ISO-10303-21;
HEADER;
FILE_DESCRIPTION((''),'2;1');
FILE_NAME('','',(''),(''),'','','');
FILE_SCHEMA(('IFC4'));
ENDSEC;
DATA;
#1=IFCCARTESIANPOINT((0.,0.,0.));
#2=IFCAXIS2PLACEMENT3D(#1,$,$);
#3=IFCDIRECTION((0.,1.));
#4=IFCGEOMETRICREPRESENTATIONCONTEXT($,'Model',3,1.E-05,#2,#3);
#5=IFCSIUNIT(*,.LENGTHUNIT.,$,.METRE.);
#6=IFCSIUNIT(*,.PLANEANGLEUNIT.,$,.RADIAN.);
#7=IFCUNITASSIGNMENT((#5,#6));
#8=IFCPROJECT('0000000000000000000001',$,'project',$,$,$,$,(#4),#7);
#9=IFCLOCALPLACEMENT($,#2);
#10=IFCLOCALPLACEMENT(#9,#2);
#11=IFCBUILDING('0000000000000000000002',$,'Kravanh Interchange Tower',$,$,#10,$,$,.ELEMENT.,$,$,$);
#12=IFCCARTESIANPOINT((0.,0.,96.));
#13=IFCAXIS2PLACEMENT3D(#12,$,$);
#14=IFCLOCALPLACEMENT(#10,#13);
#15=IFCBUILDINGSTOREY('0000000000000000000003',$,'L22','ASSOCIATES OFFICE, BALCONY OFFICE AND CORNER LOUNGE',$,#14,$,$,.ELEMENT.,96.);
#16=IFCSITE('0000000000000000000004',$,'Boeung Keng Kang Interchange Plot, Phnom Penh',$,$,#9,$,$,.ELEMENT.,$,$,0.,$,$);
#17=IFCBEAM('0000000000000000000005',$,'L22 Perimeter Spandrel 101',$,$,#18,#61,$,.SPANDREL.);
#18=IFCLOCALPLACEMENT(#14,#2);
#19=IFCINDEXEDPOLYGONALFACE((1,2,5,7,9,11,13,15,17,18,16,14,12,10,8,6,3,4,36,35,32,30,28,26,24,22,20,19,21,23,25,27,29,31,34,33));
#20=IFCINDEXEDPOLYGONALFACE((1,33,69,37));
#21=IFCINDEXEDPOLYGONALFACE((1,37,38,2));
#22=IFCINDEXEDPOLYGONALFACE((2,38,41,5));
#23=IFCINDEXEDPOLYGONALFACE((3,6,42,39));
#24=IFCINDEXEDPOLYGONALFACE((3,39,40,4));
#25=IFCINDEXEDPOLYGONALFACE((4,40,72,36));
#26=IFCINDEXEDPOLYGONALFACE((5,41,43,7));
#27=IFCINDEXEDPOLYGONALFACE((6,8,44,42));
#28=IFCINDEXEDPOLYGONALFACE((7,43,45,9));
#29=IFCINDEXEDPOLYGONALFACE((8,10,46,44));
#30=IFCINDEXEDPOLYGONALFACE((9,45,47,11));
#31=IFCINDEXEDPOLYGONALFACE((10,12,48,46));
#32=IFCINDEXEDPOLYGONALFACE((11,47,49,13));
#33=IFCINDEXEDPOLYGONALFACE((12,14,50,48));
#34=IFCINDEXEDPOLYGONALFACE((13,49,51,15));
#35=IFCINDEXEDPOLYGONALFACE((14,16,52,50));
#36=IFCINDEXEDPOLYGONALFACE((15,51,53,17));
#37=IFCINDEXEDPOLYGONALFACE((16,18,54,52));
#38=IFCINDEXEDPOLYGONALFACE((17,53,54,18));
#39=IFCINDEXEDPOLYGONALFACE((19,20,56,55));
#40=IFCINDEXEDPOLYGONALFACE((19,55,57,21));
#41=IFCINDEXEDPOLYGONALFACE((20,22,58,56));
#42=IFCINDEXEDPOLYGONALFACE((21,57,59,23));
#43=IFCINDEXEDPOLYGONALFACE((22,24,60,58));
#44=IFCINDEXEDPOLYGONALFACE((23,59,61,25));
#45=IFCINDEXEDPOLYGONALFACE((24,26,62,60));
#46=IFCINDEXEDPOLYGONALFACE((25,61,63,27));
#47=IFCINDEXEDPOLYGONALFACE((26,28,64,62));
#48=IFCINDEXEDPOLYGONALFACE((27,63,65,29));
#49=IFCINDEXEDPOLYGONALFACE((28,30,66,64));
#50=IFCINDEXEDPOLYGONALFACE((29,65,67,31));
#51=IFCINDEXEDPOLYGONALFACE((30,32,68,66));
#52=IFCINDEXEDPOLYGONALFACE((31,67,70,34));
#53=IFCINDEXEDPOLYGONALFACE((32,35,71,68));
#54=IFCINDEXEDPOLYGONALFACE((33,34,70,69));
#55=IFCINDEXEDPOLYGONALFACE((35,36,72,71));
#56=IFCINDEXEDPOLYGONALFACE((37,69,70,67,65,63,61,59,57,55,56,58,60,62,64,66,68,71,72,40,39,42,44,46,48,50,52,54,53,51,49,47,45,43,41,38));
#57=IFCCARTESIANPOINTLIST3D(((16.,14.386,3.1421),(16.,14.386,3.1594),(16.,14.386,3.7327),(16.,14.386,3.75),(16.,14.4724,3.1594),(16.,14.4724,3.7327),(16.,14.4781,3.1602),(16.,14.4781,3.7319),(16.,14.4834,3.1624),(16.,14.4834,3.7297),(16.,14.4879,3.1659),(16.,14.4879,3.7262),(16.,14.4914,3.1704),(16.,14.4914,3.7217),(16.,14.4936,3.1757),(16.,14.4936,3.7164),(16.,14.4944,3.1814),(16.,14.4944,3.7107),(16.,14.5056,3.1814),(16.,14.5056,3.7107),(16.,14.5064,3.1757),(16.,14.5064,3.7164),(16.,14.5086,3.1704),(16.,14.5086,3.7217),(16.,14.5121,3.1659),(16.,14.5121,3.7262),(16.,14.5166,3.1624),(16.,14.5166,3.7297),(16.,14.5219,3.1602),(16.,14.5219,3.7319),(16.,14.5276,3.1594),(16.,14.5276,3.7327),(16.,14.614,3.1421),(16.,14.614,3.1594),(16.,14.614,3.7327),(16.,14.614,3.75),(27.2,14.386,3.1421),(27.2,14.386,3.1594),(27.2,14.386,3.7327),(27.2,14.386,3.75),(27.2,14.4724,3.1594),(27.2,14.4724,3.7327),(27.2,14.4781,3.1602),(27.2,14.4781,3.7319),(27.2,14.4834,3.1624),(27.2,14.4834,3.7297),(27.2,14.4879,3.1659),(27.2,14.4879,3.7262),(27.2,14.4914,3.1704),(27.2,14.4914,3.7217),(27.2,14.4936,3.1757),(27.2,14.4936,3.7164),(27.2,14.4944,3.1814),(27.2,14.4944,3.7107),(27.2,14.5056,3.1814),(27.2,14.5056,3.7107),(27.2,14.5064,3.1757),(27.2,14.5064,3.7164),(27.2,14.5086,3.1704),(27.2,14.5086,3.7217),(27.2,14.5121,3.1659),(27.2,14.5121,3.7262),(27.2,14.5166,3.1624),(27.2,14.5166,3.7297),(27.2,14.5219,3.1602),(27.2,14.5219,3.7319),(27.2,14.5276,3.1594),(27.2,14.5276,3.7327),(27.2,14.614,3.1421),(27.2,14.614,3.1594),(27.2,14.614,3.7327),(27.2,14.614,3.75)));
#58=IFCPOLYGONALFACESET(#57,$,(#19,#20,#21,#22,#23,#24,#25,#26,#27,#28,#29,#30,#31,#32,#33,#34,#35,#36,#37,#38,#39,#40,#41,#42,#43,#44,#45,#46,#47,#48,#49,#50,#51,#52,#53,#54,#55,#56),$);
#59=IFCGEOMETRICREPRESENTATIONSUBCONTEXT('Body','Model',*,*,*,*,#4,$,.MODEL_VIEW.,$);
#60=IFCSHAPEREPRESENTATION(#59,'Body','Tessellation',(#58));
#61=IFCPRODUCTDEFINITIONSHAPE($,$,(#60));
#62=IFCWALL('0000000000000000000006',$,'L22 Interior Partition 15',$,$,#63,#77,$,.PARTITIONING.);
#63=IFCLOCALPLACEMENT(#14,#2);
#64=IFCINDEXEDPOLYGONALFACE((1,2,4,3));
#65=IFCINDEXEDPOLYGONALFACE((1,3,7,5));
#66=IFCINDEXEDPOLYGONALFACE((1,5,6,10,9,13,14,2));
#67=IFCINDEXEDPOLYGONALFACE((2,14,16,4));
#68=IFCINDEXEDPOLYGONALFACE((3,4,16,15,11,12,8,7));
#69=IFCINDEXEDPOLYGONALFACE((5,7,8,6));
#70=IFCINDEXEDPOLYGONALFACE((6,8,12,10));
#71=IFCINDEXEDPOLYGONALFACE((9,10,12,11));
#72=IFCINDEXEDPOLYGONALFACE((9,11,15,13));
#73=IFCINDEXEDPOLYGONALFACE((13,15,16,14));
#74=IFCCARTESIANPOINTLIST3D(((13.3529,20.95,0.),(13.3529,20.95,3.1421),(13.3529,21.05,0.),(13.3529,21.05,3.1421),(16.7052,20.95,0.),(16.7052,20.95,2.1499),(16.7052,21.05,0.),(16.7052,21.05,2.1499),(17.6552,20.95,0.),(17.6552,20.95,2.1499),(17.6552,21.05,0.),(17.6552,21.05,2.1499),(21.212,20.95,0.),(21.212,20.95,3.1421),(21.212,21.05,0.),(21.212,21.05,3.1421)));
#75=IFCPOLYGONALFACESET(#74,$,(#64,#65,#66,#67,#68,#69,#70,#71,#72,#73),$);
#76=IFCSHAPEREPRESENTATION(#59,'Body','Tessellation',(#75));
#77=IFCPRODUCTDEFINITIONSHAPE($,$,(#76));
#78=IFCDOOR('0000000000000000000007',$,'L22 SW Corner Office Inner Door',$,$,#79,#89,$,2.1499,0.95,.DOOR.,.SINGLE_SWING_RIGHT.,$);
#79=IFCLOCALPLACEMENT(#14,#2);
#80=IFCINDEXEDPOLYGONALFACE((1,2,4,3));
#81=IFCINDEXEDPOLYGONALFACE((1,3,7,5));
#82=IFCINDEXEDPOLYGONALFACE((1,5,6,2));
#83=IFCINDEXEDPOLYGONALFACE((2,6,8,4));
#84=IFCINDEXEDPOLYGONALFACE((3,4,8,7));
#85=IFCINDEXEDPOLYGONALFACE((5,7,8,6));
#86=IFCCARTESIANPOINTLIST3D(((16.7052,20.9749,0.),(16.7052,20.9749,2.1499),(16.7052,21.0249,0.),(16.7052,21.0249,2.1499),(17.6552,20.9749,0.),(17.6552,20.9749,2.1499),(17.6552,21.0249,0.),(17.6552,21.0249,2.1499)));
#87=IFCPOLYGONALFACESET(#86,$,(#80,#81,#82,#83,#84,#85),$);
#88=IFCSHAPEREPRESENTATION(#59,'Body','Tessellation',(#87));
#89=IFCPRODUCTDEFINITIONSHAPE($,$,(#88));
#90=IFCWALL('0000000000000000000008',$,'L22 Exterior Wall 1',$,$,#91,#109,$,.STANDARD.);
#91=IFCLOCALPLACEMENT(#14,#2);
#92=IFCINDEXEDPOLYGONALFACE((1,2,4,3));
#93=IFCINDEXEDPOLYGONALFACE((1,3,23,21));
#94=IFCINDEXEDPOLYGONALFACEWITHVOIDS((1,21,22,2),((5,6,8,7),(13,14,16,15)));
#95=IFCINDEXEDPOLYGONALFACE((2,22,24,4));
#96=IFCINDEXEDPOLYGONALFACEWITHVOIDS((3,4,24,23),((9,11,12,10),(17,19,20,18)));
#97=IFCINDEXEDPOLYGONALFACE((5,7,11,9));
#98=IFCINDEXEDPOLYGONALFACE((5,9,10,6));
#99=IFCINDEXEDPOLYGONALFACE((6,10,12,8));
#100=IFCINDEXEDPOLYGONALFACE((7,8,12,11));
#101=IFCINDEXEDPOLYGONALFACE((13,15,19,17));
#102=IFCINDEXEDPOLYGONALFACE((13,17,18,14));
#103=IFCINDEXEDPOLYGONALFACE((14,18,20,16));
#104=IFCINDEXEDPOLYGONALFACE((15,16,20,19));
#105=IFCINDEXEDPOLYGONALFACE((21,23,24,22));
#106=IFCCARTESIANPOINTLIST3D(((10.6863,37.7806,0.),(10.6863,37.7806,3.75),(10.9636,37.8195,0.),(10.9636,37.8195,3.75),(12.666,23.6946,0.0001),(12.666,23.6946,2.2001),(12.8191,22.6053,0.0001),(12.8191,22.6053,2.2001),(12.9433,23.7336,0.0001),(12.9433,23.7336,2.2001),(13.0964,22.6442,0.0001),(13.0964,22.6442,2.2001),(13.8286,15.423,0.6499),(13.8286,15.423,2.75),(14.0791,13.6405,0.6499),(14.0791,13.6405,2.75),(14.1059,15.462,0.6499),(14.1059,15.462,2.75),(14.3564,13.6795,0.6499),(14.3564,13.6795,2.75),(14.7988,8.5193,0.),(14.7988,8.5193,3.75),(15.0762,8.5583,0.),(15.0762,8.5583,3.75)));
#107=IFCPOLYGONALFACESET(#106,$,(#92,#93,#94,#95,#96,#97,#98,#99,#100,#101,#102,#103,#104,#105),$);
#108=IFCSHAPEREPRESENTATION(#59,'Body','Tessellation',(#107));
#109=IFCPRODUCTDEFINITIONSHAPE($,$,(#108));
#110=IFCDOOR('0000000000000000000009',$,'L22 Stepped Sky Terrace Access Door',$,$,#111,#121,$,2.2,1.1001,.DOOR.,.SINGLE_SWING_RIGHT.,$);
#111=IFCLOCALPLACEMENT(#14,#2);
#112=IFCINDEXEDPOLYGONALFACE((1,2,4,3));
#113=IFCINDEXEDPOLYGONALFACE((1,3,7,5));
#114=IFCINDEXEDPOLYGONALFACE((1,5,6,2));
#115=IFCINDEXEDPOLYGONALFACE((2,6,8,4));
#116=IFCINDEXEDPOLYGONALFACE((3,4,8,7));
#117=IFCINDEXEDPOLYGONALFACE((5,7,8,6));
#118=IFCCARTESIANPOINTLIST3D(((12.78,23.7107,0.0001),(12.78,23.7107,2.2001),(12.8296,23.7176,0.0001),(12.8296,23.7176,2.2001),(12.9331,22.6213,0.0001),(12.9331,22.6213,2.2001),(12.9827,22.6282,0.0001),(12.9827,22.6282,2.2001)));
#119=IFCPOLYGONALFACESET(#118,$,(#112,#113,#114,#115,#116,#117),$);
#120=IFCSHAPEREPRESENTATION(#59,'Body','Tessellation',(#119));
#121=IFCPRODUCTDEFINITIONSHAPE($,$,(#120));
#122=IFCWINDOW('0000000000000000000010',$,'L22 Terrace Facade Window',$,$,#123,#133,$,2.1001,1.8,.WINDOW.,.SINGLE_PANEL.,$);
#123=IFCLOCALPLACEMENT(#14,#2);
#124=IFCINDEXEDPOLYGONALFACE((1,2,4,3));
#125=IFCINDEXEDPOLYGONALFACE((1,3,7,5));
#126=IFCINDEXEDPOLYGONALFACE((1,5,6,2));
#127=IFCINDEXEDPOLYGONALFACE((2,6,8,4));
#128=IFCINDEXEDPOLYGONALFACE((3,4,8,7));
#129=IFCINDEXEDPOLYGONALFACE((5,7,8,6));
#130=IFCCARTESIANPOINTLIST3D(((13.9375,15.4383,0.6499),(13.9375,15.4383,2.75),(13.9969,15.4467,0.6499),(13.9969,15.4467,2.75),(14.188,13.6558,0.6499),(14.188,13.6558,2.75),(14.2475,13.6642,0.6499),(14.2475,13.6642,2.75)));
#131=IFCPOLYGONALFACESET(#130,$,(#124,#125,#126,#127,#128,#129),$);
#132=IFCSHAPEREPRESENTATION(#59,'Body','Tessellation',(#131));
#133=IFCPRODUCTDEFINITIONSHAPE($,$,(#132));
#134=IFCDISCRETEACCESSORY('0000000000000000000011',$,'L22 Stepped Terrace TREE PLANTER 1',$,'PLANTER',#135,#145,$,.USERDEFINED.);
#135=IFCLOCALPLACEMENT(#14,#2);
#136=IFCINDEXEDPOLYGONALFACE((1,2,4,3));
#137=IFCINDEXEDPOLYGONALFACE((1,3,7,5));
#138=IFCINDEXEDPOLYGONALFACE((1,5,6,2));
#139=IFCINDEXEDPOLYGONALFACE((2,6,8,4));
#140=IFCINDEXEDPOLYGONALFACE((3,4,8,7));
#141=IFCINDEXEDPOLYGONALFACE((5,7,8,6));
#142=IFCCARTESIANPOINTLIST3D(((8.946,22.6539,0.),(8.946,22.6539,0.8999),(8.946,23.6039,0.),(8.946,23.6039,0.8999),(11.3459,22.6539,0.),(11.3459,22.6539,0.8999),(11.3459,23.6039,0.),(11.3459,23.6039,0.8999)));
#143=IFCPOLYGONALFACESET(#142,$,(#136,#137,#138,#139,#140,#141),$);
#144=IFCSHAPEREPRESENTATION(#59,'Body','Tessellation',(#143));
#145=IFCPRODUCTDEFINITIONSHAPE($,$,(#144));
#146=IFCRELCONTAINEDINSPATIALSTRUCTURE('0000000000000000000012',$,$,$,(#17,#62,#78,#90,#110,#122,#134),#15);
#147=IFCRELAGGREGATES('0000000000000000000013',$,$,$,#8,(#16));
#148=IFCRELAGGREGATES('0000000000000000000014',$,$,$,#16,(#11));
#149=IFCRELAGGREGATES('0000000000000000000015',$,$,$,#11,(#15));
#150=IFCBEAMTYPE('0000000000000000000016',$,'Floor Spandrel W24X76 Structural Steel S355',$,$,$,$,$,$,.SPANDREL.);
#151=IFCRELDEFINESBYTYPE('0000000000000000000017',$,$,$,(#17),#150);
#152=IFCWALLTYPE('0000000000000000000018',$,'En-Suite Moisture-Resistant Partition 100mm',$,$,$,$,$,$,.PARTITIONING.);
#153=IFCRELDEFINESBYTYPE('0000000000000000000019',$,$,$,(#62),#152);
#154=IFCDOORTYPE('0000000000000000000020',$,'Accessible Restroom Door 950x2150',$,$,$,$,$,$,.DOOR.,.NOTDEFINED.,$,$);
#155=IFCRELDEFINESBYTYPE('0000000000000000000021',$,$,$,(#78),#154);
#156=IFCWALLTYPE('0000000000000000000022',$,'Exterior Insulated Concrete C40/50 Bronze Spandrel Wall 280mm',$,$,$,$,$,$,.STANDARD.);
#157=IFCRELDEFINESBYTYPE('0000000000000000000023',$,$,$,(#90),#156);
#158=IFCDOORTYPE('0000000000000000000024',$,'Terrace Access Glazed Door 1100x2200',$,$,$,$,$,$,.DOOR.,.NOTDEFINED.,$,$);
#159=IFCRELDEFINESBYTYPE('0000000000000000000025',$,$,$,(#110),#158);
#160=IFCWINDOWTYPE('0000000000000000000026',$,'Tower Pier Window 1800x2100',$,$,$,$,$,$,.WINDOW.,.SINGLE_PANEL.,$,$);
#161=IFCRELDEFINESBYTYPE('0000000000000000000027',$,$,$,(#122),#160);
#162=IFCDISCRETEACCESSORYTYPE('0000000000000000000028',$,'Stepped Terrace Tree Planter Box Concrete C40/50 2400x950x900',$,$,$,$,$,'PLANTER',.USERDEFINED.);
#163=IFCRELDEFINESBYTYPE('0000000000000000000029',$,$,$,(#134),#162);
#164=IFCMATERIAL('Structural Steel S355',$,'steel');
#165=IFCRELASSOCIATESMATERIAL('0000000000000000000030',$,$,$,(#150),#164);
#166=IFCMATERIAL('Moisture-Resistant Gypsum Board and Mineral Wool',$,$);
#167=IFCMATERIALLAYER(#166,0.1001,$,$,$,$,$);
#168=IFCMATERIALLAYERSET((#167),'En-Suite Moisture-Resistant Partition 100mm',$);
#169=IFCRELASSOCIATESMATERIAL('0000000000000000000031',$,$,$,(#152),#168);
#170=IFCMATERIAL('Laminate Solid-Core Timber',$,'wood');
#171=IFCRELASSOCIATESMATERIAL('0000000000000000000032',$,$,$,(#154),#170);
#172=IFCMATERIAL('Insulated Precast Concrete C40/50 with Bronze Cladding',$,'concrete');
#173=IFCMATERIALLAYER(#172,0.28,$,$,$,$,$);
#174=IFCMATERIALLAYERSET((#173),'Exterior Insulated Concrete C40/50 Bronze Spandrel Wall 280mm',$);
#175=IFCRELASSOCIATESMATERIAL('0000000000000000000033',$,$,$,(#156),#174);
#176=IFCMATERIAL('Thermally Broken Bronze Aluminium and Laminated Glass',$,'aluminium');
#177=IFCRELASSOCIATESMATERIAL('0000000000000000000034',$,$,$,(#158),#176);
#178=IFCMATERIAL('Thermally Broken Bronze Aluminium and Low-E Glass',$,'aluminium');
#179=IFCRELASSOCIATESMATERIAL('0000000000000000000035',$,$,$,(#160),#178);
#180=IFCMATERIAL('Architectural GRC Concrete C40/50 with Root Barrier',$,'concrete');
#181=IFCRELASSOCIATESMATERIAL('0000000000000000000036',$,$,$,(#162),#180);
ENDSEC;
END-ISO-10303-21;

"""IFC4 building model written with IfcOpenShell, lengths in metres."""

from ifc_helpers import new_model, si_unit, direction, frame, frame_2d, origin, origin_2d, place, context, subcontext, project, spatial, rectangle, i_section, extrude, material, layer, layer_set, material_profile, profile_set, type_object, element, fill, save


model = new_model("IFC4")

# Units and contexts
model_context = context("Model", 3, precision=1e-05, world=origin(), true_north=direction((0.0, 1.0)))
body_context = subcontext(model_context, "Body", "Model", "MODEL_VIEW")
ifc_project = project(units=[si_unit("LENGTHUNIT", "METRE"), si_unit("PLANEANGLEUNIT", "RADIAN")], contexts=[model_context])

# Site, building, storey
site_placement = place(None, origin())
site = spatial("IfcSite", under=ifc_project, at=site_placement, Name="Boeung Keng Kang Interchange Plot, Phnom Penh", CompositionType="ELEMENT", RefElevation=0.0)
building_placement = place(site_placement, origin())
building = spatial("IfcBuilding", under=site, at=building_placement, Name="Kravanh Interchange Tower", CompositionType="ELEMENT")
storey_placement = place(building_placement, frame((0.0, 0.0, 96.0)))
storey = spatial("IfcBuildingStorey", under=building, at=storey_placement, Name="L22", Description="ASSOCIATES OFFICE, BALCONY OFFICE AND CORNER LOUNGE", CompositionType="ELEMENT", Elevation=96.0)

# Beam
ifc_material_1 = material(Name="Structural Steel S355", Category="steel")
ifc_material_profile_1 = material_profile(ifc_material_1, i_section(OverallWidth=0.228, OverallDepth=0.6079, WebThickness=0.0112, FlangeThickness=0.0173, FilletRadius=0.022, at=origin_2d()), Name="W24X76")
ifc_profile_set_1 = profile_set([ifc_material_profile_1], Name="Structural Steel S355")
beam_type_1 = type_object("IfcBeamType", Name="Floor Spandrel W24X76 Structural Steel S355", PredefinedType="SPANDREL", material=ifc_profile_set_1)
beam_1_placement = place(storey_placement, frame((16.0, 14.5, 3.446), z_axis=(1.0, 0.0, 0.0), x_axis=(0.0, 1.0, 0.0)))
element("IfcBeam", 1, at=beam_1_placement, inside=storey, type_object=beam_type_1, Name="L22 Perimeter Spandrel 101", PredefinedType="SPANDREL", context=body_context, shape_type="SweptSolid", body=[
    extrude(i_section(OverallWidth=0.228, OverallDepth=0.6079, WebThickness=0.0112, FlangeThickness=0.0173, FilletRadius=0.022, at=origin_2d()), origin(), (0.0, 0.0, 1.0), 11.2),
])

# Wall, opening, door
ifc_material_2 = material(Name="Moisture-Resistant Gypsum Board and Mineral Wool")
ifc_layer_1 = layer(ifc_material_2, 0.1001)
ifc_layer_set_1 = layer_set([ifc_layer_1], Name="En-Suite Moisture-Resistant Partition 100mm")
wall_type_1 = type_object("IfcWallType", Name="En-Suite Moisture-Resistant Partition 100mm", PredefinedType="PARTITIONING", material=ifc_layer_set_1)
wall_1_placement = place(storey_placement, frame((13.3528, 21.0, 0.0), z_axis=(0.0, 0.0, 1.0), x_axis=(1.0, 0.0, 0.0)))
wall_1 = element("IfcWall", 2, at=wall_1_placement, inside=storey, type_object=wall_type_1, Name="L22 Interior Partition 15", PredefinedType="PARTITIONING", context=body_context, shape_type="SweptSolid", body=[
    extrude(rectangle(XDim=7.8591, YDim=0.1001, at=frame_2d((3.9297, 0.0))), origin(), (0.0, 0.0, 1.0), 3.1421),
])
opening_1_placement = place(wall_1_placement, frame((3.3523, 0.0, 0.0)))
opening_1 = element("IfcOpeningElement", 3, at=opening_1_placement, cuts=wall_1, PredefinedType="OPENING", context=body_context, shape_type="SweptSolid", body=[
    extrude(rectangle(XDim=0.95, YDim=2.1499, at=frame_2d((0.4751, 1.075))), frame((0.0, 0.0601, 0.0), z_axis=(0.0, -1.0, 0.0), x_axis=(1.0, 0.0, 0.0)), (0.0, 0.0, 1.0), 0.1201),
])
ifc_material_3 = material(Name="Laminate Solid-Core Timber", Category="wood")
door_type_1 = type_object("IfcDoorType", Name="Accessible Restroom Door 950x2150", OperationType="NOTDEFINED", PredefinedType="DOOR", material=ifc_material_3)
door_1_placement = place(opening_1_placement, origin())
door_1 = element("IfcDoor", 4, at=door_1_placement, inside=storey, type_object=door_type_1, Name="L22 SW Corner Office Inner Door", OperationType="SINGLE_SWING_RIGHT", OverallHeight=2.1499, OverallWidth=0.95, PredefinedType="DOOR", context=body_context, shape_type="SweptSolid", body=[
    extrude(rectangle(XDim=0.95, YDim=2.1499, at=frame_2d((0.4751, 1.075))), frame((0.0, 0.0249, 0.0), z_axis=(0.0, -1.0, 0.0), x_axis=(1.0, 0.0, 0.0)), (0.0, 0.0, 1.0), 0.05),
])
fill(opening_1, door_1)

# Wall, openings, door, window
ifc_material_4 = material(Name="Insulated Precast Concrete C40/50 with Bronze Cladding", Category="concrete")
ifc_layer_2 = layer(ifc_material_4, 0.28)
ifc_layer_set_2 = layer_set([ifc_layer_2], Name="Exterior Insulated Concrete C40/50 Bronze Spandrel Wall 280mm")
wall_type_2 = type_object("IfcWallType", Name="Exterior Insulated Concrete C40/50 Bronze Spandrel Wall 280mm", PredefinedType="STANDARD", material=ifc_layer_set_2)
wall_2_placement = place(storey_placement, frame((14.9375, 8.5388, 0.0), z_axis=(0.0, 0.0, 1.0), x_axis=(-0.139178, 0.990267, 0.0)))
wall_2 = element("IfcWall", 5, at=wall_2_placement, inside=storey, type_object=wall_type_2, Name="L22 Exterior Wall 1", PredefinedType="STANDARD", context=body_context, shape_type="SweptSolid", body=[
    extrude(rectangle(XDim=29.5488, YDim=0.28, at=frame_2d((14.7744, 0.0))), origin(), (0.0, 0.0, 1.0), 3.75),
])
opening_2_placement = place(wall_2_placement, frame((14.2244, 0.0, 0.0)))
opening_2 = element("IfcOpeningElement", 6, at=opening_2_placement, cuts=wall_2, PredefinedType="OPENING", context=body_context, shape_type="SweptSolid", body=[
    extrude(rectangle(XDim=1.1001, YDim=2.2, at=frame_2d((0.55, 1.1001))), frame((0.0, 0.1499, 0.0), z_axis=(0.0, -1.0, 0.0), x_axis=(1.0, 0.0, 0.0)), (0.0, 0.0, 1.0), 0.3),
])
opening_3_placement = place(wall_2_placement, frame((5.1716, 0.0, 0.6499)))
opening_3 = element("IfcOpeningElement", 7, at=opening_3_placement, cuts=wall_2, PredefinedType="OPENING", context=body_context, shape_type="SweptSolid", body=[
    extrude(rectangle(XDim=1.8, YDim=2.1001, at=frame_2d((0.8999, 1.05))), frame((0.0, 0.1499, 0.0), z_axis=(0.0, -1.0, 0.0), x_axis=(1.0, 0.0, 0.0)), (0.0, 0.0, 1.0), 0.3),
])
ifc_material_5 = material(Name="Thermally Broken Bronze Aluminium and Laminated Glass", Category="aluminium")
door_type_2 = type_object("IfcDoorType", Name="Terrace Access Glazed Door 1100x2200", OperationType="NOTDEFINED", PredefinedType="DOOR", material=ifc_material_5)
door_2_placement = place(opening_2_placement, origin())
door_2 = element("IfcDoor", 8, at=door_2_placement, inside=storey, type_object=door_type_2, Name="L22 Stepped Sky Terrace Access Door", OperationType="SINGLE_SWING_RIGHT", OverallHeight=2.2, OverallWidth=1.1001, PredefinedType="DOOR", context=body_context, shape_type="SweptSolid", body=[
    extrude(rectangle(XDim=1.1001, YDim=2.2, at=frame_2d((0.55, 1.1001))), frame((0.0, 0.0249, 0.0), z_axis=(0.0, -1.0, 0.0), x_axis=(1.0, 0.0, 0.0)), (0.0, 0.0, 1.0), 0.05),
])
fill(opening_2, door_2)
ifc_material_6 = material(Name="Thermally Broken Bronze Aluminium and Low-E Glass", Category="aluminium")
window_type = type_object("IfcWindowType", Name="Tower Pier Window 1800x2100", PartitioningType="SINGLE_PANEL", PredefinedType="WINDOW", material=ifc_material_6)
window_placement = place(opening_3_placement, origin())
window = element("IfcWindow", 9, at=window_placement, inside=storey, type_object=window_type, Name="L22 Terrace Facade Window", OverallHeight=2.1001, OverallWidth=1.8, PartitioningType="SINGLE_PANEL", PredefinedType="WINDOW", context=body_context, shape_type="SweptSolid", body=[
    extrude(rectangle(XDim=1.8, YDim=2.1001, at=frame_2d((0.8999, 1.05))), frame((0.0, 0.03, 0.0), z_axis=(0.0, -1.0, 0.0), x_axis=(1.0, 0.0, 0.0)), (0.0, 0.0, 1.0), 0.0601),
])
fill(opening_3, window)

# Discrete accessory
ifc_material_7 = material(Name="Architectural GRC Concrete C40/50 with Root Barrier", Category="concrete")
discrete_accessory_type = type_object("IfcDiscreteAccessoryType", Name="Stepped Terrace Tree Planter Box Concrete C40/50 2400x950x900", ElementType="PLANTER", PredefinedType="USERDEFINED", material=ifc_material_7)
discrete_accessory_placement = place(storey_placement, frame((10.146, 23.1289, 0.0), z_axis=(0.0, 0.0, 1.0), x_axis=(1.0, 0.0, 0.0)))
element("IfcDiscreteAccessory", 10, at=discrete_accessory_placement, inside=storey, type_object=discrete_accessory_type, Name="L22 Stepped Terrace TREE PLANTER 1", ObjectType="PLANTER", PredefinedType="USERDEFINED", context=body_context, shape_type="SweptSolid", body=[
    extrude(rectangle(XDim=2.3999, YDim=0.95, at=origin_2d()), origin(), (0.0, 0.0, 1.0), 0.8999),
])

save(model, "model.ifc")
